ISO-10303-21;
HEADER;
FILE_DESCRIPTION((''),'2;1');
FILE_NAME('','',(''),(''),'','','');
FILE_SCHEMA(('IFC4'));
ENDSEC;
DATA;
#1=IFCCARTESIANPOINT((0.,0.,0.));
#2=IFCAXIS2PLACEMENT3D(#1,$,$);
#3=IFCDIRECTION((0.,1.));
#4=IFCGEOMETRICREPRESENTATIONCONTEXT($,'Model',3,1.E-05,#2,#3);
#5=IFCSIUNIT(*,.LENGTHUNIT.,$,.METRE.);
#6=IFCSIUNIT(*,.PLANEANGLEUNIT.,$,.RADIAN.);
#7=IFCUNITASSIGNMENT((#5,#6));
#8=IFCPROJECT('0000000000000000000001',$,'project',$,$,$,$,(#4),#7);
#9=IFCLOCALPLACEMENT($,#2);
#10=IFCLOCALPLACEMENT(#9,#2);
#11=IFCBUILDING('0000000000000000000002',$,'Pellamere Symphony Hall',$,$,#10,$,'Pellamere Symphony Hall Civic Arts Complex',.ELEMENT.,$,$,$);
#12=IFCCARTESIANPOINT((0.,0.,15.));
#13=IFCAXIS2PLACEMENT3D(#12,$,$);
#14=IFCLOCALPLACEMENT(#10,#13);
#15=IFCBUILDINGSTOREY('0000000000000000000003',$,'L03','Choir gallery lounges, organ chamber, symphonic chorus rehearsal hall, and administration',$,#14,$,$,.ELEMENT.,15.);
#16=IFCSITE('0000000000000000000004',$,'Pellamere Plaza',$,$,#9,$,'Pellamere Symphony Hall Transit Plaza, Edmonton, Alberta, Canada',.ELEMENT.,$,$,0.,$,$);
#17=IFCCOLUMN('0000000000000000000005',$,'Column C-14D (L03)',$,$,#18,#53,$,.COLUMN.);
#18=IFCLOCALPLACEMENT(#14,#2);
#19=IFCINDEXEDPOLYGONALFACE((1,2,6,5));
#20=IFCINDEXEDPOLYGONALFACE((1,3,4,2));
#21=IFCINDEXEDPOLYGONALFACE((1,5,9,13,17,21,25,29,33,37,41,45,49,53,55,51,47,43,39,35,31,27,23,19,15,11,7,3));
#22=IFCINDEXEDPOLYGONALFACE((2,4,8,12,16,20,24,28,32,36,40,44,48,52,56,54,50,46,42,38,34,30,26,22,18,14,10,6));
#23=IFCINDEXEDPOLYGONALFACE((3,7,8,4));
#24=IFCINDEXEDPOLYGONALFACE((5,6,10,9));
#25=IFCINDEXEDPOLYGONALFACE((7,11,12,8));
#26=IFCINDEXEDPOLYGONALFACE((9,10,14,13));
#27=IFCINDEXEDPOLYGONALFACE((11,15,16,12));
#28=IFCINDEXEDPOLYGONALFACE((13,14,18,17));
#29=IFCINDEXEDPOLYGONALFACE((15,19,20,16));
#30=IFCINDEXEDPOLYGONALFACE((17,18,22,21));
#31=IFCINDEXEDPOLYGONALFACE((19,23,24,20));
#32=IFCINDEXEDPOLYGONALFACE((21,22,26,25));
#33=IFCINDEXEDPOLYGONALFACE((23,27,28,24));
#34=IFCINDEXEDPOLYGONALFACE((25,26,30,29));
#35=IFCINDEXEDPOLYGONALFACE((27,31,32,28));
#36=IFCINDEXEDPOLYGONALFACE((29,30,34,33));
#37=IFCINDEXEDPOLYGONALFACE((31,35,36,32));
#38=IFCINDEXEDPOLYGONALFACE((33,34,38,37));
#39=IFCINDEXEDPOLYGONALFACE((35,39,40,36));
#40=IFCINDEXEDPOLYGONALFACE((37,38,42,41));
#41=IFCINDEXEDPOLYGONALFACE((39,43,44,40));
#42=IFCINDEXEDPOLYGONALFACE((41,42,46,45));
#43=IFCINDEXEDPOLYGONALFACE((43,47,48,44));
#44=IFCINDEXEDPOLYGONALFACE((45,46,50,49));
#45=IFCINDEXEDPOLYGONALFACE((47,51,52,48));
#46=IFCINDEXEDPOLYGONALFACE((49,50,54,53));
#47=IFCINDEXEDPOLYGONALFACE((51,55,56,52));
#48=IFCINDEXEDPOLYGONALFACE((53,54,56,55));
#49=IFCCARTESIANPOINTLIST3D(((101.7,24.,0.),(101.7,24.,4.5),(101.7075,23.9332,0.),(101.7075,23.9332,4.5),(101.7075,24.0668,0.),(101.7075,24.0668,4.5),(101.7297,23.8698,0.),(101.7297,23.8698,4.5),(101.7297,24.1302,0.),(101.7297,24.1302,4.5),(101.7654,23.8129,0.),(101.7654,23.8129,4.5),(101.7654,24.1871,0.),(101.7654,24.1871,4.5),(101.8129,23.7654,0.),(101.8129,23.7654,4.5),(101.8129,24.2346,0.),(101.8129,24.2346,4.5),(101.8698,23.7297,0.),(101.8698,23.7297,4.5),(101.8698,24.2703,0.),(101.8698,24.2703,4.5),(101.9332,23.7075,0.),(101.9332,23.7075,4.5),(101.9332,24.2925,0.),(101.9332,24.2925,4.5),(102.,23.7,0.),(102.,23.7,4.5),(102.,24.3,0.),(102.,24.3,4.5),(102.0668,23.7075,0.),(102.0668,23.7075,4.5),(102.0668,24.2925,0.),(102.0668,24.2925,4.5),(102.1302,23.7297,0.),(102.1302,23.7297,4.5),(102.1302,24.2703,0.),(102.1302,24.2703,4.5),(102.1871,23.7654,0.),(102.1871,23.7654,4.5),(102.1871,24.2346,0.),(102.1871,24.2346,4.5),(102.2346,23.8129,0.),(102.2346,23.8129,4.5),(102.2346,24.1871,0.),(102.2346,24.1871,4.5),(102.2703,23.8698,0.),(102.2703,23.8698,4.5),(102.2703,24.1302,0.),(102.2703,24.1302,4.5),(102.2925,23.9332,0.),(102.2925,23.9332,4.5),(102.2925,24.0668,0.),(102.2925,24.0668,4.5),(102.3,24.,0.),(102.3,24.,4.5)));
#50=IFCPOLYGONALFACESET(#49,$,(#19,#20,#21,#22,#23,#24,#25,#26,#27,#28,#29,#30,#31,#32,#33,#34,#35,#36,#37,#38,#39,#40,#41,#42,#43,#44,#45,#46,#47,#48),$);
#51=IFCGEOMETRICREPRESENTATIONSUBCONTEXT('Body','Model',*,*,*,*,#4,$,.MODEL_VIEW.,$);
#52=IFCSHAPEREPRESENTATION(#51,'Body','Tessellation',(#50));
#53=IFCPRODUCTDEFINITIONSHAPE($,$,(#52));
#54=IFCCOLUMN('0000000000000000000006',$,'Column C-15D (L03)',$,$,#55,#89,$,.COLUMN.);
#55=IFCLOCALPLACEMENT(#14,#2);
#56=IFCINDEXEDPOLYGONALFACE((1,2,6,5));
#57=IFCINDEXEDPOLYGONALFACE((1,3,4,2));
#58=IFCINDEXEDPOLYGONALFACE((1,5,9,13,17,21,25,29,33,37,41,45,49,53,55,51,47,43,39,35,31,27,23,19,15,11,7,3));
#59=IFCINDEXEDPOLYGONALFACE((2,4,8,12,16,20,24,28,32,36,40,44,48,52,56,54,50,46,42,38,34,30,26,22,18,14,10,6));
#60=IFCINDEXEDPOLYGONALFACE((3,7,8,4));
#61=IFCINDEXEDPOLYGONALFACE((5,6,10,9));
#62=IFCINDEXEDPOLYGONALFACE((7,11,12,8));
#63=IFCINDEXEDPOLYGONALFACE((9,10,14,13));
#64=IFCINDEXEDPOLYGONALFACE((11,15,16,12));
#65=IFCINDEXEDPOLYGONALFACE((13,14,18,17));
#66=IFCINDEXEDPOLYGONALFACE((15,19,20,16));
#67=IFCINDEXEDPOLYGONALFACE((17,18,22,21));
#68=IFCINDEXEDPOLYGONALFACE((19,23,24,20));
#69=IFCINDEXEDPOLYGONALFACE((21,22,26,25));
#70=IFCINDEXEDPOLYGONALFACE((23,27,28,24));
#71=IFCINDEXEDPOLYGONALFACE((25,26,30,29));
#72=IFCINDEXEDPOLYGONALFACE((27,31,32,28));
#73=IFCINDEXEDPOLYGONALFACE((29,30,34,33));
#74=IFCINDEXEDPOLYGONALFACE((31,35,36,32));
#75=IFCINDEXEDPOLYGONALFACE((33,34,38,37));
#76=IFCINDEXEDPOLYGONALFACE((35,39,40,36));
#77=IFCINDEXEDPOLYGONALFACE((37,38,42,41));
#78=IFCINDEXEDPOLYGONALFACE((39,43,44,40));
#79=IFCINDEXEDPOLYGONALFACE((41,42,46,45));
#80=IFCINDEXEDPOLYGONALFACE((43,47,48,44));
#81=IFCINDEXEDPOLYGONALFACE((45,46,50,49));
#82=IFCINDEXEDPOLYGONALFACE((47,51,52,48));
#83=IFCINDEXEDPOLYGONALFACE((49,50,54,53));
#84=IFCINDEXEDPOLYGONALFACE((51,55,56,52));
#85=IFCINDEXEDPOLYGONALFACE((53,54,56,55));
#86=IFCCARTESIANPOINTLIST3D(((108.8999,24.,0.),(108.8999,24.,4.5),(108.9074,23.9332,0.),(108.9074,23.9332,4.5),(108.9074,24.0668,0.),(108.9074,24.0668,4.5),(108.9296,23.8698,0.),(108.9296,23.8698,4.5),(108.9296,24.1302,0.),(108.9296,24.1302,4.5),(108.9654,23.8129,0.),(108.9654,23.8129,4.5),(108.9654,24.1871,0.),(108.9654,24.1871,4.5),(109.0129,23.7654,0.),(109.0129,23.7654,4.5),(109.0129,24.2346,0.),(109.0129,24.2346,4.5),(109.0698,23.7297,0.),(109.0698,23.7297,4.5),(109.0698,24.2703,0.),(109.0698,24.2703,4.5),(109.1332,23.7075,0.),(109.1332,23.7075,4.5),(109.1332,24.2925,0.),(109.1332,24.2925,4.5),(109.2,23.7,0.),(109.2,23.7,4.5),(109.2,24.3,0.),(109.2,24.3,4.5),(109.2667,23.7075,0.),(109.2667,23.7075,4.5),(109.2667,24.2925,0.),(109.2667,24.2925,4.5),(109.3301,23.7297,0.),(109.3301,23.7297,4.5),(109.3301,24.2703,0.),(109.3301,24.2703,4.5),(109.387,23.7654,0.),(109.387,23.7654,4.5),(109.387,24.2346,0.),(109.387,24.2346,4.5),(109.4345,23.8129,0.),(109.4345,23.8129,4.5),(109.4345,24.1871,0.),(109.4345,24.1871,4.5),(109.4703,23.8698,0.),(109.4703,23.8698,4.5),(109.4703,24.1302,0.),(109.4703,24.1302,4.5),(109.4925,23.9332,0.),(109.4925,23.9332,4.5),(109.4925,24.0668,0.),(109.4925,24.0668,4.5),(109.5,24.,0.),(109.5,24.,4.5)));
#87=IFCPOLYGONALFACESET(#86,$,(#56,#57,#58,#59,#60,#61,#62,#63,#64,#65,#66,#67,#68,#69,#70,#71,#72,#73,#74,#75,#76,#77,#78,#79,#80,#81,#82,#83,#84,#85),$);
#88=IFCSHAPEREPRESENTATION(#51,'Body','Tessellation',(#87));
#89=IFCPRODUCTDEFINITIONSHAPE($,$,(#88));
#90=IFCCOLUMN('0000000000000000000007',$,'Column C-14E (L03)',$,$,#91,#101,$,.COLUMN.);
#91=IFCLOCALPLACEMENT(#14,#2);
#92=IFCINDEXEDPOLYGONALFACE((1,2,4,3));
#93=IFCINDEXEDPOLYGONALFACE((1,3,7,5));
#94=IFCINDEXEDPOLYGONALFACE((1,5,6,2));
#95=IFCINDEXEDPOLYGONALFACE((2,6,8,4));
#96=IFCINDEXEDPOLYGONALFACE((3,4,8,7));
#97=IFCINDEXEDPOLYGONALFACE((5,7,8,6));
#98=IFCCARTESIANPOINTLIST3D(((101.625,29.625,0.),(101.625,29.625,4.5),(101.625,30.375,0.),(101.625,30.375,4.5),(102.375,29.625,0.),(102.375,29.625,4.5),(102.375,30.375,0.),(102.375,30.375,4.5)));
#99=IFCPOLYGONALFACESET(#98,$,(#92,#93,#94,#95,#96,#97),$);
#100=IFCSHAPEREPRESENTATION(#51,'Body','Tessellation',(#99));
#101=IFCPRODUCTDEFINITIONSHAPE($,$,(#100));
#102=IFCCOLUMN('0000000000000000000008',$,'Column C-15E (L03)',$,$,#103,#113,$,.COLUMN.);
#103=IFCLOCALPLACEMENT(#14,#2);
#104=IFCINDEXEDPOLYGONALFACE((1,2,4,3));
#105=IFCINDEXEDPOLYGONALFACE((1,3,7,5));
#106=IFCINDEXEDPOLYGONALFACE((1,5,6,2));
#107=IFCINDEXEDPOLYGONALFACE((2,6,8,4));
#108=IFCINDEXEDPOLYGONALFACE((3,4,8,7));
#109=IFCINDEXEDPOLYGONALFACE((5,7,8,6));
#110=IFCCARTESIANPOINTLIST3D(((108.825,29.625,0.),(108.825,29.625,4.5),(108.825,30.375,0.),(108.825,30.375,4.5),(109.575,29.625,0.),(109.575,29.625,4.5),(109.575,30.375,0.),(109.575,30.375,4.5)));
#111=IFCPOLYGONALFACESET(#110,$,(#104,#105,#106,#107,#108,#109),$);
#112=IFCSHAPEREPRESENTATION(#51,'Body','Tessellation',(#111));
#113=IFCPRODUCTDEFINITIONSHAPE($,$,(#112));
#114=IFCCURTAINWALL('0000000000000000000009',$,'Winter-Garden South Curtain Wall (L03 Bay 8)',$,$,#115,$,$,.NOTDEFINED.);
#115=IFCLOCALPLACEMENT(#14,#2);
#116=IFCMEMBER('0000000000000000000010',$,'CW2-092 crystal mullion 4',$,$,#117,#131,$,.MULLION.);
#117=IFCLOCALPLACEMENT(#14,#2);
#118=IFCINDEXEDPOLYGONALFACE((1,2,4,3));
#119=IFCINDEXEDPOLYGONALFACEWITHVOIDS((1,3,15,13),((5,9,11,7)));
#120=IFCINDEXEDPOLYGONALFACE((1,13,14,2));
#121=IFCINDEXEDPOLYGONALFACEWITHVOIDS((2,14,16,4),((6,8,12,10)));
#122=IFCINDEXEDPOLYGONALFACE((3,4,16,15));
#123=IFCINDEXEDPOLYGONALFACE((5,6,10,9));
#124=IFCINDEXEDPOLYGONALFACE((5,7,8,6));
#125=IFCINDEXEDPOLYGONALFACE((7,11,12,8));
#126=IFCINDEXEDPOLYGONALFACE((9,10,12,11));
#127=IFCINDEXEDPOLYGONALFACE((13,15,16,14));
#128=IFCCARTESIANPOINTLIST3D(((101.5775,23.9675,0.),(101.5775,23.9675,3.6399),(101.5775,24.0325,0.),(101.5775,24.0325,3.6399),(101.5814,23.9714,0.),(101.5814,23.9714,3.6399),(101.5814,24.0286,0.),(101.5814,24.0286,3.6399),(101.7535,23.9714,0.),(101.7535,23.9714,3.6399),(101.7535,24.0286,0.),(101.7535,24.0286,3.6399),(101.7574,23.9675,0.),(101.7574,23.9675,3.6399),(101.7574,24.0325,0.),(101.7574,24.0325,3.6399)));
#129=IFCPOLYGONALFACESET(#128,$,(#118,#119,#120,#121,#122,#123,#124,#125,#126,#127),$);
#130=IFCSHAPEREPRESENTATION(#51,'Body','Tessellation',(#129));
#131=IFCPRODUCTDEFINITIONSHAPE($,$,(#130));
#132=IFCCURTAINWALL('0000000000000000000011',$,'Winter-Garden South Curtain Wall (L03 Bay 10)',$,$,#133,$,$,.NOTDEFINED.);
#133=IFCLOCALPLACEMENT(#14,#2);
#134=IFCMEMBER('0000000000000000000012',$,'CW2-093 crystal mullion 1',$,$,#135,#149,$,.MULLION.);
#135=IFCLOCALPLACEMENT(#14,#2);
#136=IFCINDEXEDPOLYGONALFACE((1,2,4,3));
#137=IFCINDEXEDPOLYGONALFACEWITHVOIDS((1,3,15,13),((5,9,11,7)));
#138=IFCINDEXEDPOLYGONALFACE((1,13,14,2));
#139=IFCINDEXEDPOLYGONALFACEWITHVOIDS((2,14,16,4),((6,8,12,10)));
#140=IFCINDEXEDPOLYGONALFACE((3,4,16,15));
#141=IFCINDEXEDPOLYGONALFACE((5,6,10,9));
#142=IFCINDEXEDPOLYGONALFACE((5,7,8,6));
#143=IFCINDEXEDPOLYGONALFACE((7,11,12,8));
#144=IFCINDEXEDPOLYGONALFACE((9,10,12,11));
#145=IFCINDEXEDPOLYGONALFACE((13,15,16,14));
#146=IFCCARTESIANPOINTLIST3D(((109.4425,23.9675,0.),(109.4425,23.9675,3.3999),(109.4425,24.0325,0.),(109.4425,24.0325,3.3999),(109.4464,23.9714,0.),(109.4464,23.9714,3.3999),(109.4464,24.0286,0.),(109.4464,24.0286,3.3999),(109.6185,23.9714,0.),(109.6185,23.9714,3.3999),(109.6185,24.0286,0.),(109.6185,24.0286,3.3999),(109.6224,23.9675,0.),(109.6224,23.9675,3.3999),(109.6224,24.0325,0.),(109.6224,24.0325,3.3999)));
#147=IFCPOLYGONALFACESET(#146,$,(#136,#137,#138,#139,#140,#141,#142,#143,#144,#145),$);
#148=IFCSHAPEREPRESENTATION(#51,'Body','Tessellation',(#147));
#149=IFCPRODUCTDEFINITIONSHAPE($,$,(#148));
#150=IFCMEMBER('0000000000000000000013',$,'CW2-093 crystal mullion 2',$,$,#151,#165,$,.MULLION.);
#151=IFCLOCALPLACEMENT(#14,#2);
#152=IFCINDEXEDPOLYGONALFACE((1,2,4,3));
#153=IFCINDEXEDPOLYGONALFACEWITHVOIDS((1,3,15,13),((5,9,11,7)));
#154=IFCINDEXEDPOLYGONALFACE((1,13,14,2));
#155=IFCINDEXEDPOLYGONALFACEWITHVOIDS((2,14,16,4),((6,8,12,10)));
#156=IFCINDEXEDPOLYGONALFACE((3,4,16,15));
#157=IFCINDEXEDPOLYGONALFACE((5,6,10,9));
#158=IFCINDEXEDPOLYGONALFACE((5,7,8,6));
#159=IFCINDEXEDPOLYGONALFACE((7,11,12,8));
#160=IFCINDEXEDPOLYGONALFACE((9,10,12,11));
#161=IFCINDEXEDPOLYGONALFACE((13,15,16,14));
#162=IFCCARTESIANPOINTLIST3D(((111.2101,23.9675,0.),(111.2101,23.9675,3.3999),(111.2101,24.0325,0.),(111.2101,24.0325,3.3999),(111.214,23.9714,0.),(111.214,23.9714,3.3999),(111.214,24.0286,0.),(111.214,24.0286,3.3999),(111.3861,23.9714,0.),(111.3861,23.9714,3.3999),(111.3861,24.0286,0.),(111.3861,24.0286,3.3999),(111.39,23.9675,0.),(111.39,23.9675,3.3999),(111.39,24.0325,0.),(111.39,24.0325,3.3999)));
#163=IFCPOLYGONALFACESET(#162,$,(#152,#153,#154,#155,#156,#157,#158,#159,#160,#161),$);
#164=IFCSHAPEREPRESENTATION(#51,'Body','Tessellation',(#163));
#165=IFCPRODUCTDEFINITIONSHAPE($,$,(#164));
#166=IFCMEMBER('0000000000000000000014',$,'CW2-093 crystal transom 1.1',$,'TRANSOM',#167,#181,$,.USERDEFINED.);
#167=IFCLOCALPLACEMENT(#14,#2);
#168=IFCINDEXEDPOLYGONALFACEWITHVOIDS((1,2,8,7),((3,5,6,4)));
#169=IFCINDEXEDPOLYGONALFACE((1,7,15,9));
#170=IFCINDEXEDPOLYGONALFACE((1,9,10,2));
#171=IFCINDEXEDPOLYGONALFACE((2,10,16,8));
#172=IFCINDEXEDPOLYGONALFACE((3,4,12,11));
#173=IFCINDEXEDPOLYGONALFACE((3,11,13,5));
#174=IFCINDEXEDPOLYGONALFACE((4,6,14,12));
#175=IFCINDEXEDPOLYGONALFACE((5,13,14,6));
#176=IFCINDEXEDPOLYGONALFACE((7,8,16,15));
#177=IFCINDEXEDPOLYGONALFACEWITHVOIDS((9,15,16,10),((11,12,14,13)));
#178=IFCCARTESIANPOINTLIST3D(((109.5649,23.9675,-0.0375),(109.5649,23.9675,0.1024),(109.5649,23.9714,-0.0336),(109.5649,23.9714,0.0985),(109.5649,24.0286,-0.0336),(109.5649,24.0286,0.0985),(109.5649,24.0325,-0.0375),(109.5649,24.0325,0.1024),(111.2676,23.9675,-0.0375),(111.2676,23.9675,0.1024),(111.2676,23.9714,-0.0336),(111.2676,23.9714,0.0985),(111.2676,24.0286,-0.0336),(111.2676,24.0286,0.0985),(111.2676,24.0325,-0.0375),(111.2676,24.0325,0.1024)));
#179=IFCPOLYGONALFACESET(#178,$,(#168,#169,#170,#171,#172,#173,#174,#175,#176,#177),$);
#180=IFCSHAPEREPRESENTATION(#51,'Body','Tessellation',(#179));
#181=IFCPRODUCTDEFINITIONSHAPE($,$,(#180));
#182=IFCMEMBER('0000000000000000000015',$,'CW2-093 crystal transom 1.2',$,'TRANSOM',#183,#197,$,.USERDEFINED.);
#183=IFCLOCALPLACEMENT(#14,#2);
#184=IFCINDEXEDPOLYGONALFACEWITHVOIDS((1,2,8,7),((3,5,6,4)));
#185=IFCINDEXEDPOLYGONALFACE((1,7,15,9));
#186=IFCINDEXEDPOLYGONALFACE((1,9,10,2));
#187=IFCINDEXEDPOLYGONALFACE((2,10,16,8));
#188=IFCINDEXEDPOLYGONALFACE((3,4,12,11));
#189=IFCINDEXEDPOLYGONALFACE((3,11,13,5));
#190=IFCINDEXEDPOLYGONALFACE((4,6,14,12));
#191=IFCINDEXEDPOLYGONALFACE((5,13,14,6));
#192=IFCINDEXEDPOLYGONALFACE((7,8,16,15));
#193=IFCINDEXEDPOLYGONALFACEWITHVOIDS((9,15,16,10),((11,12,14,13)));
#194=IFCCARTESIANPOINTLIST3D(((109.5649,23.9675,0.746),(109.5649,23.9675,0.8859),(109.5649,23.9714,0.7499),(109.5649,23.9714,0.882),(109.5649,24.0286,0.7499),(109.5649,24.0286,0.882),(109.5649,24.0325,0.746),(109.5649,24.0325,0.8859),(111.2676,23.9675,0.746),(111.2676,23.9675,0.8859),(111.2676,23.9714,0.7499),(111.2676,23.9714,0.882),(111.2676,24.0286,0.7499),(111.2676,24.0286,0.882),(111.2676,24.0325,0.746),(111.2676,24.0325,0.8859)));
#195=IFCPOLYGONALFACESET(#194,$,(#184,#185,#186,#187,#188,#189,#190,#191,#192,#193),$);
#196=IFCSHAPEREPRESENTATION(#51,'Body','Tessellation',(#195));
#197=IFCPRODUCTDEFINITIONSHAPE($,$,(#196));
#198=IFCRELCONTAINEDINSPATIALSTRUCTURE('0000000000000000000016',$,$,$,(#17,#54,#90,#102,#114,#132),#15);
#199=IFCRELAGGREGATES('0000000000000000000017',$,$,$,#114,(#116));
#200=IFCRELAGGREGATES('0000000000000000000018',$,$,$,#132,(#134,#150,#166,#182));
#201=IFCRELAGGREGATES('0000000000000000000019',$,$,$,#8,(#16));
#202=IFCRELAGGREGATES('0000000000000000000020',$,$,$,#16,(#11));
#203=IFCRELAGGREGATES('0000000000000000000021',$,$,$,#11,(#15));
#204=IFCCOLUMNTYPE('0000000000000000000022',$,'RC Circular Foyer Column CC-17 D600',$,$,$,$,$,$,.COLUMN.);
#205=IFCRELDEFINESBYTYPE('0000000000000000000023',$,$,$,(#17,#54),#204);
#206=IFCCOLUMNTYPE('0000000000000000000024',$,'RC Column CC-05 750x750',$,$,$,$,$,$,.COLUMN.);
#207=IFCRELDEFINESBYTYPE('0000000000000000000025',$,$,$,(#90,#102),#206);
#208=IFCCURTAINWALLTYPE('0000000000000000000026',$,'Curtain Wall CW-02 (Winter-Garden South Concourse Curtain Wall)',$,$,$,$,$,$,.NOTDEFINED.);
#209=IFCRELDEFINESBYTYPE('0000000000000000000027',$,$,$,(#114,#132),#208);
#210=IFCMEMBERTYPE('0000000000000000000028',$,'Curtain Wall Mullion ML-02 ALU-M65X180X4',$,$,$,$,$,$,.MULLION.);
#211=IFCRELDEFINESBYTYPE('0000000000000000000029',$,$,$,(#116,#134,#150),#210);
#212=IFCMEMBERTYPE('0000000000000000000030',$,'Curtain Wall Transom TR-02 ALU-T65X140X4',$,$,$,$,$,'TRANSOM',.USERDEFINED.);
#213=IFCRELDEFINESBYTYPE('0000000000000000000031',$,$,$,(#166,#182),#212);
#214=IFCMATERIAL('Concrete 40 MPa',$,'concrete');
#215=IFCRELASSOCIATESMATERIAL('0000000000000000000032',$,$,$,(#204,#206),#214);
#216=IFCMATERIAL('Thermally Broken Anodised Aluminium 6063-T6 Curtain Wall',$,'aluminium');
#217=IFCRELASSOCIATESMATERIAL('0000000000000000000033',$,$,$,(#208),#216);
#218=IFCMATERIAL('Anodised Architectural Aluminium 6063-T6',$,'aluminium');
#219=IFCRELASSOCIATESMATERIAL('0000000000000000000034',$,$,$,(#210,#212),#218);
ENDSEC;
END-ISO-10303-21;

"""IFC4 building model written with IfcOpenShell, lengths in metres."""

from ifc_helpers import new_model, si_unit, direction, frame, origin, origin_2d, place, context, subcontext, project, spatial, rectangle, hollow_rectangle, circle, extrude, material, material_profile, profile_set, type_object, element, aggregate, save


model = new_model("IFC4")

# Units and contexts
model_context = context("Model", 3, precision=1e-05, world=origin(), true_north=direction((0.0, 1.0)))
body_context = subcontext(model_context, "Body", "Model", "MODEL_VIEW")
ifc_project = project(units=[si_unit("LENGTHUNIT", "METRE"), si_unit("PLANEANGLEUNIT", "RADIAN")], contexts=[model_context])

# Site, building, storey
site_placement = place(None, origin())
site = spatial("IfcSite", under=ifc_project, at=site_placement, Name="Pellamere Plaza", LongName="Pellamere Symphony Hall Transit Plaza, Edmonton, Alberta, Canada", CompositionType="ELEMENT", RefElevation=0.0)
building_placement = place(site_placement, origin())
building = spatial("IfcBuilding", under=site, at=building_placement, Name="Pellamere Symphony Hall", LongName="Pellamere Symphony Hall Civic Arts Complex", CompositionType="ELEMENT")
storey_placement = place(building_placement, frame((0.0, 0.0, 15.0)))
storey = spatial("IfcBuildingStorey", under=building, at=storey_placement, Name="L03", Description="Choir gallery lounges, organ chamber, symphonic chorus rehearsal hall, and administration", CompositionType="ELEMENT", Elevation=15.0)

# Columns
ifc_material_1 = material(Name="Concrete 40 MPa", Category="concrete")
ifc_material_profile_1 = material_profile(ifc_material_1, circle(Radius=0.3, at=origin_2d()), Name="RCCOL D600")
ifc_profile_set_1 = profile_set([ifc_material_profile_1], Name="Concrete 40 MPa")
column_type_1 = type_object("IfcColumnType", Name="RC Circular Foyer Column CC-17 D600", PredefinedType="COLUMN", material=ifc_profile_set_1)
for number, where, z_axis, x_axis, name in (
    (1, (102.0, 24.0, 0.0), (0.0, 0.0, 1.0), (1.0, 0.0, 0.0), "Column C-14D (L03)"),
    (2, (109.2, 24.0, 0.0), (0.0, 0.0, 1.0), (1.0, 0.0, 0.0), "Column C-15D (L03)"),
):
    element("IfcColumn", number, at=place(storey_placement, frame(where, z_axis=z_axis, x_axis=x_axis)), inside=storey, type_object=column_type_1, Name=name, PredefinedType="COLUMN", context=body_context, shape_type="SweptSolid", body=[
        extrude(circle(Radius=0.3, at=origin_2d()), origin(), (0.0, 0.0, 1.0), 4.5),
    ])
ifc_material_profile_2 = material_profile(ifc_material_1, rectangle(XDim=0.75, YDim=0.75, at=origin_2d()), Name="RC 750x750")
ifc_profile_set_2 = profile_set([ifc_material_profile_2], Name="Concrete 40 MPa")
column_type_2 = type_object("IfcColumnType", Name="RC Column CC-05 750x750", PredefinedType="COLUMN", material=ifc_profile_set_2)
for number, where, z_axis, x_axis, name in (
    (3, (102.0, 30.0, 0.0), (0.0, 0.0, 1.0), (1.0, 0.0, 0.0), "Column C-14E (L03)"),
    (4, (109.2, 30.0, 0.0), (0.0, 0.0, 1.0), (1.0, 0.0, 0.0), "Column C-15E (L03)"),
):
    element("IfcColumn", number, at=place(storey_placement, frame(where, z_axis=z_axis, x_axis=x_axis)), inside=storey, type_object=column_type_2, Name=name, PredefinedType="COLUMN", context=body_context, shape_type="SweptSolid", body=[
        extrude(rectangle(XDim=0.75, YDim=0.75, at=origin_2d()), origin(), (0.0, 0.0, 1.0), 4.5),
    ])

# Curtain wall, member
ifc_material_2 = material(Name="Thermally Broken Anodised Aluminium 6063-T6 Curtain Wall", Category="aluminium")
curtain_wall_type = type_object("IfcCurtainWallType", Name="Curtain Wall CW-02 (Winter-Garden South Concourse Curtain Wall)", PredefinedType="NOTDEFINED", material=ifc_material_2)
curtain_wall_1_placement = place(storey_placement, origin())
curtain_wall_1 = element("IfcCurtainWall", 5, at=curtain_wall_1_placement, inside=storey, type_object=curtain_wall_type, Name="Winter-Garden South Curtain Wall (L03 Bay 8)", PredefinedType="NOTDEFINED")
ifc_material_3 = material(Name="Anodised Architectural Aluminium 6063-T6", Category="aluminium")
ifc_material_profile_3 = material_profile(ifc_material_3, hollow_rectangle(XDim=0.0649, YDim=0.1799, WallThickness=0.0039, at=origin_2d()), Name="ALU-M65X180X4")
ifc_profile_set_3 = profile_set([ifc_material_profile_3], Name="Anodised Architectural Aluminium 6063-T6")
member_type_1 = type_object("IfcMemberType", Name="Curtain Wall Mullion ML-02 ALU-M65X180X4", PredefinedType="MULLION", material=ifc_profile_set_3)
member_1_placement = place(storey_placement, frame((101.6675, 24.0, 0.0), z_axis=(0.0, 0.0, 1.0), x_axis=(0.0, 1.0, 0.0)))
member_1 = element("IfcMember", 6, at=member_1_placement, type_object=member_type_1, Name="CW2-092 crystal mullion 4", PredefinedType="MULLION", context=body_context, shape_type="SweptSolid", body=[
    extrude(hollow_rectangle(XDim=0.0649, YDim=0.1799, WallThickness=0.0039, at=origin_2d()), origin(), (0.0, 0.0, 1.0), 3.6399),
])
aggregate(curtain_wall_1, [member_1])

# Curtain wall, members
curtain_wall_2_placement = place(storey_placement, origin())
curtain_wall_2 = element("IfcCurtainWall", 7, at=curtain_wall_2_placement, inside=storey, type_object=curtain_wall_type, Name="Winter-Garden South Curtain Wall (L03 Bay 10)", PredefinedType="NOTDEFINED")
member_2_placement = place(storey_placement, frame((109.5325, 24.0, 0.0), z_axis=(0.0, 0.0, 1.0), x_axis=(0.0, 1.0, 0.0)))
member_2 = element("IfcMember", 8, at=member_2_placement, type_object=member_type_1, Name="CW2-093 crystal mullion 1", PredefinedType="MULLION", context=body_context, shape_type="SweptSolid", body=[
    extrude(hollow_rectangle(XDim=0.0649, YDim=0.1799, WallThickness=0.0039, at=origin_2d()), origin(), (0.0, 0.0, 1.0), 3.3999),
])
member_3_placement = place(storey_placement, frame((111.3, 24.0, 0.0), z_axis=(0.0, 0.0, 1.0), x_axis=(0.0, 1.0, 0.0)))
member_3 = element("IfcMember", 9, at=member_3_placement, type_object=member_type_1, Name="CW2-093 crystal mullion 2", PredefinedType="MULLION", context=body_context, shape_type="SweptSolid", body=[
    extrude(hollow_rectangle(XDim=0.0649, YDim=0.1799, WallThickness=0.0039, at=origin_2d()), origin(), (0.0, 0.0, 1.0), 3.3999),
])
ifc_material_profile_4 = material_profile(ifc_material_3, hollow_rectangle(XDim=0.0649, YDim=0.1399, WallThickness=0.0039, at=origin_2d()), Name="ALU-T65X140X4")
ifc_profile_set_4 = profile_set([ifc_material_profile_4], Name="Anodised Architectural Aluminium 6063-T6")
member_type_2 = type_object("IfcMemberType", Name="Curtain Wall Transom TR-02 ALU-T65X140X4", ElementType="TRANSOM", PredefinedType="USERDEFINED", material=ifc_profile_set_4)
member_4_placement = place(storey_placement, frame((109.5649, 24.0, 0.0325), z_axis=(1.0, 0.0, 0.0), x_axis=(0.0, 1.0, 0.0)))
member_4 = element("IfcMember", 10, at=member_4_placement, type_object=member_type_2, Name="CW2-093 crystal transom 1.1", ObjectType="TRANSOM", PredefinedType="USERDEFINED", context=body_context, shape_type="SweptSolid", body=[
    extrude(hollow_rectangle(XDim=0.0649, YDim=0.1399, WallThickness=0.0039, at=origin_2d()), origin(), (0.0, 0.0, 1.0), 1.7026),
])
member_5_placement = place(storey_placement, frame((109.5649, 24.0, 0.8159), z_axis=(1.0, 0.0, 0.0), x_axis=(0.0, 1.0, 0.0)))
member_5 = element("IfcMember", 11, at=member_5_placement, type_object=member_type_2, Name="CW2-093 crystal transom 1.2", ObjectType="TRANSOM", PredefinedType="USERDEFINED", context=body_context, shape_type="SweptSolid", body=[
    extrude(hollow_rectangle(XDim=0.0649, YDim=0.1399, WallThickness=0.0039, at=origin_2d()), origin(), (0.0, 0.0, 1.0), 1.7026),
])

aggregate(curtain_wall_2, [member_2, member_3, member_4, member_5])

save(model, "model.ifc")
